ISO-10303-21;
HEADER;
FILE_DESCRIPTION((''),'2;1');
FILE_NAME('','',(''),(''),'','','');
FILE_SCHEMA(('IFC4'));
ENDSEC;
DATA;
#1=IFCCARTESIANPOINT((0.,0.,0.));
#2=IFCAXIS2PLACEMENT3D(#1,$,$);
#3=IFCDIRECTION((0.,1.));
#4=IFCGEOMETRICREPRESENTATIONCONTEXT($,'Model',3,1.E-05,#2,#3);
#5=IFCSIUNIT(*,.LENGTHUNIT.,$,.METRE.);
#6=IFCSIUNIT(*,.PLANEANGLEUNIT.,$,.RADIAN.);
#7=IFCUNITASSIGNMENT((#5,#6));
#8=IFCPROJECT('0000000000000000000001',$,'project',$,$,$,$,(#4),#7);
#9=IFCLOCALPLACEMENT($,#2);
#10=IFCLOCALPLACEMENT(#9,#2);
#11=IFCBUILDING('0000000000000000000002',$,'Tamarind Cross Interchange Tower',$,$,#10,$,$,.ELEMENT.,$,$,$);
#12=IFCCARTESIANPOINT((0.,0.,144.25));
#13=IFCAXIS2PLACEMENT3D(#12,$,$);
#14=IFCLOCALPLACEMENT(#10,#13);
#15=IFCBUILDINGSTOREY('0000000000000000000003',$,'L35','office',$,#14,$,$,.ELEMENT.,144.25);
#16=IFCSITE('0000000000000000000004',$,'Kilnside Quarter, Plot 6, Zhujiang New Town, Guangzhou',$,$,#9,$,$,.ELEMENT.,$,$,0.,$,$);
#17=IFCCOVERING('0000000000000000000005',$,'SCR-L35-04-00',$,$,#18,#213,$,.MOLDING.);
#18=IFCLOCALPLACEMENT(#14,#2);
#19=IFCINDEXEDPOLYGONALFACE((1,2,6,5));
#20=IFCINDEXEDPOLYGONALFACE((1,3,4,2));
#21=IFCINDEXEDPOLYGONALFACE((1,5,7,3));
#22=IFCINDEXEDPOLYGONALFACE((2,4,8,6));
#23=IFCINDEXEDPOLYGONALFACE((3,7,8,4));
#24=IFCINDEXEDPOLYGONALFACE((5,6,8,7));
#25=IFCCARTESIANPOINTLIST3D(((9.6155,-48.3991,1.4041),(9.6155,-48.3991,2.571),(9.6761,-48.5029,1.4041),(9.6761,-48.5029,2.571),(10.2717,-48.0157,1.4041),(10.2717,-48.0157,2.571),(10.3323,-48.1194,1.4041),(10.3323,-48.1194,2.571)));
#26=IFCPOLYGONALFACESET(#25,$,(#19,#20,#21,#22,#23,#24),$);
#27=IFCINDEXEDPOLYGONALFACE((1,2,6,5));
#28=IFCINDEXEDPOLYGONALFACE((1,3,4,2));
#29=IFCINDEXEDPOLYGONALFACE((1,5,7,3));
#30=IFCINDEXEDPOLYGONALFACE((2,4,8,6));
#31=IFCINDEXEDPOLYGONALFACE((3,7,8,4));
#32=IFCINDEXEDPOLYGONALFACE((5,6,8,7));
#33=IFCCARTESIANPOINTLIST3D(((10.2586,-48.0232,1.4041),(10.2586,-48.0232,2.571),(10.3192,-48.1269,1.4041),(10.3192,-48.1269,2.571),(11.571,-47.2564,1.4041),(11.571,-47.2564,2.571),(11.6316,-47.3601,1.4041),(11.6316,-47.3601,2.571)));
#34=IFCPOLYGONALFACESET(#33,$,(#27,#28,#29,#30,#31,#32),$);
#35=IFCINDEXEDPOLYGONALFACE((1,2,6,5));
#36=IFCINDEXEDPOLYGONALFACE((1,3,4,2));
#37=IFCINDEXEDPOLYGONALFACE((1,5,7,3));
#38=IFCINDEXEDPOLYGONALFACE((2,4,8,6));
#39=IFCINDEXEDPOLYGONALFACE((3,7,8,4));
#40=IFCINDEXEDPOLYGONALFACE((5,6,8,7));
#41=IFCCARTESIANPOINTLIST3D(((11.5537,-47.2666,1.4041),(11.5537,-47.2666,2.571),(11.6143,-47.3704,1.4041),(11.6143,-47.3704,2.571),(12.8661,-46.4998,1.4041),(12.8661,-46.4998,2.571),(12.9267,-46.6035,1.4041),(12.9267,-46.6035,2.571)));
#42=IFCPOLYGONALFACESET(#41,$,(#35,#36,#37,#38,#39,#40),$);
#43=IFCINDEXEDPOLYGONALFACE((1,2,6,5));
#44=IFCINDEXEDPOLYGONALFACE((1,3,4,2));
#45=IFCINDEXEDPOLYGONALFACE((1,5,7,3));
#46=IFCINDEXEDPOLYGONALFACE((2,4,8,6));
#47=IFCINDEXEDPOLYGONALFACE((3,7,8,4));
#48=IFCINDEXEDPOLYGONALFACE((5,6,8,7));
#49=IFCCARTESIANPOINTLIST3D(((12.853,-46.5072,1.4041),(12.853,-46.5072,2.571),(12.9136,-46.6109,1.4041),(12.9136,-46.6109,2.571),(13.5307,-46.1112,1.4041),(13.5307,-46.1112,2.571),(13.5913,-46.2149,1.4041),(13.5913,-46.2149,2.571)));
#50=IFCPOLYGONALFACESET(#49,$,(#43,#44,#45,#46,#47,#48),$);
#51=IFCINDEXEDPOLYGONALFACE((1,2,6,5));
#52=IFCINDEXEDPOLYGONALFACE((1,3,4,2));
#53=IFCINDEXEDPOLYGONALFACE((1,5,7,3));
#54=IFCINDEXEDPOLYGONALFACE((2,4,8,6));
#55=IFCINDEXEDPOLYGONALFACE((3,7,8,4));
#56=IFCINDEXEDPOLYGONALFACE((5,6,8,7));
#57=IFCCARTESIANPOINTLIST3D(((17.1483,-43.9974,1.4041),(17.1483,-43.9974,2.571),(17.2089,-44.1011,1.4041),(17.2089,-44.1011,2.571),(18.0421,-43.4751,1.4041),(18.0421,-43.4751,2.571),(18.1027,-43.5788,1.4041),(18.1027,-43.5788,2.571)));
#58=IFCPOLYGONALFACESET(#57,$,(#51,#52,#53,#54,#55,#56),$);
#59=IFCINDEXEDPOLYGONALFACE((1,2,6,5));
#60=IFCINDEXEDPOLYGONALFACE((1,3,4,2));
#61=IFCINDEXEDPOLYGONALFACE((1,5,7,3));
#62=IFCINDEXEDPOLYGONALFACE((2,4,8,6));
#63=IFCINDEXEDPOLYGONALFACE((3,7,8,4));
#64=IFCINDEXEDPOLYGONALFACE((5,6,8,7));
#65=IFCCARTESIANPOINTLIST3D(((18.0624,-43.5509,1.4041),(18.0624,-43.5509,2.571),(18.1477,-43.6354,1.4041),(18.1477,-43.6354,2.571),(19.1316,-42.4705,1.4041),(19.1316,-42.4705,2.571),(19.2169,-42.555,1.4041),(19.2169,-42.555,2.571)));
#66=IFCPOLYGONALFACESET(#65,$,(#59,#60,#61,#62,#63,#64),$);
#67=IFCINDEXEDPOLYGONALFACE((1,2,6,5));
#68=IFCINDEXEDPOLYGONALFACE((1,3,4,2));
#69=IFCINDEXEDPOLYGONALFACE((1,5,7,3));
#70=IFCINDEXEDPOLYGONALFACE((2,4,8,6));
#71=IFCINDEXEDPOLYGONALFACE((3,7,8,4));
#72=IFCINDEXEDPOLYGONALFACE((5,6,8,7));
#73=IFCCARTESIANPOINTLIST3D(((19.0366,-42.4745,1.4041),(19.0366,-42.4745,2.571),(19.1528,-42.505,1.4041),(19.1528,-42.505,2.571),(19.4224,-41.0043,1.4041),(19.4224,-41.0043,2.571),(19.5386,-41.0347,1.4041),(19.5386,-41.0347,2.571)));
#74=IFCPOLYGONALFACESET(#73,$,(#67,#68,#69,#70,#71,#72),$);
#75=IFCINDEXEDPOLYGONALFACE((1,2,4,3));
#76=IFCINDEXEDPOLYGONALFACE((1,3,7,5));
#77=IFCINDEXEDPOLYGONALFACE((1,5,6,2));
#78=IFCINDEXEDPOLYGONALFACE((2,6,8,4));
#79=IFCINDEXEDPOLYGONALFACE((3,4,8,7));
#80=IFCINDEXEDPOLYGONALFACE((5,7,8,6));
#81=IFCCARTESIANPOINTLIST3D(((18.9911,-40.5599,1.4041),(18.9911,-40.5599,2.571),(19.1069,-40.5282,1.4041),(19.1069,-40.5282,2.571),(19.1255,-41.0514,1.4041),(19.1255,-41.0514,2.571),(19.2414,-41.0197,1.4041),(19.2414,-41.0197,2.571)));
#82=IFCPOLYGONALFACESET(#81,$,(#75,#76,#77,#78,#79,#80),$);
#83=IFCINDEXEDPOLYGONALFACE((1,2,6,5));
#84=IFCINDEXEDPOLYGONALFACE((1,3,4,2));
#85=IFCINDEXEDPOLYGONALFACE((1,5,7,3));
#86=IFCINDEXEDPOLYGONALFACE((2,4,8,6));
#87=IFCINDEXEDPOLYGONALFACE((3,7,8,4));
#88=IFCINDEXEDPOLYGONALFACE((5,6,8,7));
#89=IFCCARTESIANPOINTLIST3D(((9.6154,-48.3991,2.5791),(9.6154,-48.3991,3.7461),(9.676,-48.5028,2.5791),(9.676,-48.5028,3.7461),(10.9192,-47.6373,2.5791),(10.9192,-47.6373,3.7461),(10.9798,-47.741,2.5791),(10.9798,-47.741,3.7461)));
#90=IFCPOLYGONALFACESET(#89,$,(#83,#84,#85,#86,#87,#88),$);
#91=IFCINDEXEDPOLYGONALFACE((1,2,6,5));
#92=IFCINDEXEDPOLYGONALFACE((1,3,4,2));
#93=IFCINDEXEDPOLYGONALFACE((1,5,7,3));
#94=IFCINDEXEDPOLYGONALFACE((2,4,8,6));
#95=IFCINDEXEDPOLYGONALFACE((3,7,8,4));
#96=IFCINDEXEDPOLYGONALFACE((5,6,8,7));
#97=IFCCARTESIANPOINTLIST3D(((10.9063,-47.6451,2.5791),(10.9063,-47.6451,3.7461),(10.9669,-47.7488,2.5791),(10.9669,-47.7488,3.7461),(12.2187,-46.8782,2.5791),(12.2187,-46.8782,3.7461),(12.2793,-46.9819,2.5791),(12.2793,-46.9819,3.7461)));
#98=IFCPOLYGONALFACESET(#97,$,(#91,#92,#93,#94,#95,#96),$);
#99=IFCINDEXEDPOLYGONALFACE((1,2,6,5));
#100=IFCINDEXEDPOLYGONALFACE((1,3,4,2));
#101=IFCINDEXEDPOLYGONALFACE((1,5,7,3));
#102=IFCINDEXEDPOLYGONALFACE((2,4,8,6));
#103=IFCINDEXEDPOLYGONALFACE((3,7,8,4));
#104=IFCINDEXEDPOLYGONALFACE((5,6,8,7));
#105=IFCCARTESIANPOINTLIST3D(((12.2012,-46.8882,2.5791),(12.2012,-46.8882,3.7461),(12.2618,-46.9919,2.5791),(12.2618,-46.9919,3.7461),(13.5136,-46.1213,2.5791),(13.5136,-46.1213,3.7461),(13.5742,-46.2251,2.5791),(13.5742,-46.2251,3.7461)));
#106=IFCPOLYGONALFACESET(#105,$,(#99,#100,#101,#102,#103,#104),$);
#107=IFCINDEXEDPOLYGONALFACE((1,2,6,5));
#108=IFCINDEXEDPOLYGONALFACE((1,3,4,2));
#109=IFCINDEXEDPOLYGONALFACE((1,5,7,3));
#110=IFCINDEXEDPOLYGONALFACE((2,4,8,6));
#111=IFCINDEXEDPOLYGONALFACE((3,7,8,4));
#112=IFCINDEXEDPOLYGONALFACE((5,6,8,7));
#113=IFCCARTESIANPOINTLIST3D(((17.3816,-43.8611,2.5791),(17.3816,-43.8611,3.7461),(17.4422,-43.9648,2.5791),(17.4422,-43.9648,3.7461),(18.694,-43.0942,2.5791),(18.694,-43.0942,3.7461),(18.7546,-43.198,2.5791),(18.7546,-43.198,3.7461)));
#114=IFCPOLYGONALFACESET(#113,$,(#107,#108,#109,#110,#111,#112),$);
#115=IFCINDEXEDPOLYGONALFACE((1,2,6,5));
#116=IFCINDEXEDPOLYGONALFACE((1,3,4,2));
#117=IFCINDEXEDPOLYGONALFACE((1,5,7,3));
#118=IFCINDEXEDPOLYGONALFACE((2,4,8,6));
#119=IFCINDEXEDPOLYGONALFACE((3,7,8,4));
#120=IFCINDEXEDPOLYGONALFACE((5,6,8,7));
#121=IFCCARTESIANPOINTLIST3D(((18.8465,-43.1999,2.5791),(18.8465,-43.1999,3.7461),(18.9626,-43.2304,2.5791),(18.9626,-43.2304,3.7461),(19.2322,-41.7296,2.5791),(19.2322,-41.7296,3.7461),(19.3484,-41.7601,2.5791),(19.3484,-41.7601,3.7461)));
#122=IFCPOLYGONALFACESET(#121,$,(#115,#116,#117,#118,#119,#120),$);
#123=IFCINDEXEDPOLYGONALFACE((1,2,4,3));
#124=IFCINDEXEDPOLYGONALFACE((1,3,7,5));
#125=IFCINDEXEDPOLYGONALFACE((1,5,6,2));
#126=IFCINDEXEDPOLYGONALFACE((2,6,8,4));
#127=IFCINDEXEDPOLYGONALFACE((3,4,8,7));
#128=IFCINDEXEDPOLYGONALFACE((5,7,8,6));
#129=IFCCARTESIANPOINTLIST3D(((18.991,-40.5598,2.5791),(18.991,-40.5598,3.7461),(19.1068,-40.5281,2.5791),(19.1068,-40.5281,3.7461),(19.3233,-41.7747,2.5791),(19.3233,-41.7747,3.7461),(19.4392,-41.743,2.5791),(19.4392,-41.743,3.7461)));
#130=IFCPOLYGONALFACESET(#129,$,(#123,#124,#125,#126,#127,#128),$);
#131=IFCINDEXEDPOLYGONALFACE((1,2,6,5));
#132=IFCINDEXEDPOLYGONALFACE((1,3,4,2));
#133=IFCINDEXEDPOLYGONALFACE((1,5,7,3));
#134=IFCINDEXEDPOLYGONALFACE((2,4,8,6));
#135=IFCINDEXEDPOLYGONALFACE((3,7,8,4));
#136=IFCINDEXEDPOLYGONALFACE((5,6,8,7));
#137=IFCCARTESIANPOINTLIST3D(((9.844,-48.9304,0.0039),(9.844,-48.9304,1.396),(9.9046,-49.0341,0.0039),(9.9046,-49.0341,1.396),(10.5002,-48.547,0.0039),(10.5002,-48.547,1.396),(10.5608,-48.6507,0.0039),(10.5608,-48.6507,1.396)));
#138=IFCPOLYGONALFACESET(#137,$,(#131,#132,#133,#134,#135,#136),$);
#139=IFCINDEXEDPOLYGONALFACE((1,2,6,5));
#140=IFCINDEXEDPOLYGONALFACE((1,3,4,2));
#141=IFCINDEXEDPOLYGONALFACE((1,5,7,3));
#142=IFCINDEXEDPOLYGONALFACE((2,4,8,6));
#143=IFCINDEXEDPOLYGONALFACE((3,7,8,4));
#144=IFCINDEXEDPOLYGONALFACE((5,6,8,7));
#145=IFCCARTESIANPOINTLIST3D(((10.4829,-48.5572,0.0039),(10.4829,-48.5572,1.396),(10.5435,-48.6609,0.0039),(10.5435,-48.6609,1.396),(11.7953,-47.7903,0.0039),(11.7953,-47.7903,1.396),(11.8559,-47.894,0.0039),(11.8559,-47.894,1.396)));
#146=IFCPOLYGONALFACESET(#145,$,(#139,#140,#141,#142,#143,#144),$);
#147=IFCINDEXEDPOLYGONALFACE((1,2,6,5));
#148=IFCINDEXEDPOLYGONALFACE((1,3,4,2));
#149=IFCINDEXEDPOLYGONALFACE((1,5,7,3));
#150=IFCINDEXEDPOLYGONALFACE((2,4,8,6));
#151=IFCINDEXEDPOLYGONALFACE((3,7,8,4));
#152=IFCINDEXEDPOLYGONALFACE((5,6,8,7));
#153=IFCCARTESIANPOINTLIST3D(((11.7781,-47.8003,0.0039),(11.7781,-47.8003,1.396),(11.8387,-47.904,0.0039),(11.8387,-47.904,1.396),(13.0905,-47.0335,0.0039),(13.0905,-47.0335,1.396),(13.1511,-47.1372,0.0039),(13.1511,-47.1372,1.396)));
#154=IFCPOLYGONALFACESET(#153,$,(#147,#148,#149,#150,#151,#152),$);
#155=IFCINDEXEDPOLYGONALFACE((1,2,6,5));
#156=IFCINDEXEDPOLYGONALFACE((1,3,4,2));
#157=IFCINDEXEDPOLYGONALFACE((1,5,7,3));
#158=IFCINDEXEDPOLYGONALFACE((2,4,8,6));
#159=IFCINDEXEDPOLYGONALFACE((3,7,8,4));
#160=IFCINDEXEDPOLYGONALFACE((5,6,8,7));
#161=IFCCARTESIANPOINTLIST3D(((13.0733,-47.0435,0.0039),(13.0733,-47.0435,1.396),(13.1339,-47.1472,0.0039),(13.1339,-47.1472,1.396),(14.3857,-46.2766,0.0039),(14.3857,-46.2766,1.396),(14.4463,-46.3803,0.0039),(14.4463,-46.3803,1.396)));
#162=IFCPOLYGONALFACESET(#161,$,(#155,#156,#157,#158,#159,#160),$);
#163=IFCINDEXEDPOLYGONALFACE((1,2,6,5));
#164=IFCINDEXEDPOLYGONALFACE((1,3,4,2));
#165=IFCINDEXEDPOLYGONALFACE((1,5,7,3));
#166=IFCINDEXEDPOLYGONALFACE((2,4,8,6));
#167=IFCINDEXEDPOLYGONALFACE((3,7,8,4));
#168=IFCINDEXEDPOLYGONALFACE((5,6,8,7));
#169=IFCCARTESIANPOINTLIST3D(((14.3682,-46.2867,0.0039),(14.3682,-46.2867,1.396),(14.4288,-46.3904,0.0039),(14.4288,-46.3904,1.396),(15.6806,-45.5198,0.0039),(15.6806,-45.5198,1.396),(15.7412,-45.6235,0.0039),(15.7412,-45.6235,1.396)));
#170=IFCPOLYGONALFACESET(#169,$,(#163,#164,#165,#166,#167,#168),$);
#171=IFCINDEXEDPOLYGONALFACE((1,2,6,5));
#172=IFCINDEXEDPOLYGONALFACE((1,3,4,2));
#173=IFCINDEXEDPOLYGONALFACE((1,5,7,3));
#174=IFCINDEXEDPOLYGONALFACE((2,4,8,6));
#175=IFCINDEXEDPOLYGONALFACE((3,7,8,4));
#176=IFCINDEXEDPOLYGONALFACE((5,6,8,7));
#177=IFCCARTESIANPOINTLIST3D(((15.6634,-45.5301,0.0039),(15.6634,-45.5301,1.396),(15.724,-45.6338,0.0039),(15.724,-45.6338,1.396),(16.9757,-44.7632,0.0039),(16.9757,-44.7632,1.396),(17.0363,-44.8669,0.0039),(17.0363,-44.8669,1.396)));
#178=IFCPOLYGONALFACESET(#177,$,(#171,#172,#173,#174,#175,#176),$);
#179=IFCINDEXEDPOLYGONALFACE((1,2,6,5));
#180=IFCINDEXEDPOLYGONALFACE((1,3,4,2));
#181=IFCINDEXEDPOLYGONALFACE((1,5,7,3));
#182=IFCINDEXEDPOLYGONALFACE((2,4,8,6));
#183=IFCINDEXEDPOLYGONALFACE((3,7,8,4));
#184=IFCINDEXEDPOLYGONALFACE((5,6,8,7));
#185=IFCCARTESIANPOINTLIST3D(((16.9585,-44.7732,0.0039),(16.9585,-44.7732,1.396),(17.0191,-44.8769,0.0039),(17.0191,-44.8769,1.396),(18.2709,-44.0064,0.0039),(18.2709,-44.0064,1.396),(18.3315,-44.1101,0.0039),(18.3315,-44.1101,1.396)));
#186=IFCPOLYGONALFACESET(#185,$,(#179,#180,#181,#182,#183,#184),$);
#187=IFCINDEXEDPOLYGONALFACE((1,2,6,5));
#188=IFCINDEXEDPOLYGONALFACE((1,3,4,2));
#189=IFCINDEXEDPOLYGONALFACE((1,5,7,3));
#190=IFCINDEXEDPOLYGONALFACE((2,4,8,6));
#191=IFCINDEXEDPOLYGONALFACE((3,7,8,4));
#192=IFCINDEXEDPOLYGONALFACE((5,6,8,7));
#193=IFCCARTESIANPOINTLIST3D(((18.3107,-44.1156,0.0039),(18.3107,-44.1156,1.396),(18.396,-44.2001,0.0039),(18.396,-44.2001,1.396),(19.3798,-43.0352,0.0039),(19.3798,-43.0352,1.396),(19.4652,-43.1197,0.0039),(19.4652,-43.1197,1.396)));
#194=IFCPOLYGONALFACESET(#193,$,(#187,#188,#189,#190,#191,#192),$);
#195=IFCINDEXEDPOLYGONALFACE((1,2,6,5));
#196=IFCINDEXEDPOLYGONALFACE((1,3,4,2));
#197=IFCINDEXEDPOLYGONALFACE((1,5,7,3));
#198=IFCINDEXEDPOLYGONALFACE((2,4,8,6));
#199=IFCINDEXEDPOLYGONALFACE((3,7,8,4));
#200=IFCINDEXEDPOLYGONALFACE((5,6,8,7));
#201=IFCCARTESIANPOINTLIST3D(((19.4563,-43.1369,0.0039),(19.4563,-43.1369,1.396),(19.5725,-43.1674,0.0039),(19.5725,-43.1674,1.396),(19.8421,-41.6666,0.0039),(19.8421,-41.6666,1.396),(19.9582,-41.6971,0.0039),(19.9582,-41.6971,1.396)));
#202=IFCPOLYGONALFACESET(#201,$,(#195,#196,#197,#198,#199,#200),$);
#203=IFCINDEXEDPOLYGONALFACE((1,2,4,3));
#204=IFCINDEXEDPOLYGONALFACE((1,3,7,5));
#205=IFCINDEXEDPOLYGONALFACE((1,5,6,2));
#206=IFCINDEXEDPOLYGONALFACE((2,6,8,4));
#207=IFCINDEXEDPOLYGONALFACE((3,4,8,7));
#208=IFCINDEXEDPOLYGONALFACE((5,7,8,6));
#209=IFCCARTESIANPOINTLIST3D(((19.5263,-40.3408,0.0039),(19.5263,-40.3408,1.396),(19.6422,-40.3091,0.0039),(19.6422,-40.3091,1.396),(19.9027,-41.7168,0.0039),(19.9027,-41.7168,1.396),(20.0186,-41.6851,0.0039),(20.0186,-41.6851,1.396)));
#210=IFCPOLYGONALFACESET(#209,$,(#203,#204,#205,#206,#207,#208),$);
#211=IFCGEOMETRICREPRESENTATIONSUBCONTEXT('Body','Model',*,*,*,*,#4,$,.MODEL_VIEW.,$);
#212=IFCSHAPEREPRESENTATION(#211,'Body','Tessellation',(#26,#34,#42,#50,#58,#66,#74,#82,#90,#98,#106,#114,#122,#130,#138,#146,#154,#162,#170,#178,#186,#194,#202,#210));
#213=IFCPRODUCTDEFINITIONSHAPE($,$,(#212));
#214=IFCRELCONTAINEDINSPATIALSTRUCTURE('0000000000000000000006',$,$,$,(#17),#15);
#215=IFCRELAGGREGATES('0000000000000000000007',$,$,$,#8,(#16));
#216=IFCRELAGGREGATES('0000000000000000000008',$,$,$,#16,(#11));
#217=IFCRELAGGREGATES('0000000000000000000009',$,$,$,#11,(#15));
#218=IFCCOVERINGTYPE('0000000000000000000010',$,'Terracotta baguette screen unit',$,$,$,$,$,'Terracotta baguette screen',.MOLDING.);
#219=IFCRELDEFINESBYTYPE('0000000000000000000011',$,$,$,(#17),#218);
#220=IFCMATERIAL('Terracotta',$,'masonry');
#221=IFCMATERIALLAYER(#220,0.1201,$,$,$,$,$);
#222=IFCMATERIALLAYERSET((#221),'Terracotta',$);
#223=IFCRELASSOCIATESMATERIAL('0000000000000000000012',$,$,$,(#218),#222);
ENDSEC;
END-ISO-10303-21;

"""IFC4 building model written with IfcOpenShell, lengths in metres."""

from ifc_helpers import new_model, si_unit, direction, frame, origin, origin_2d, place, context, subcontext, project, spatial, rectangle, extrude, material, layer, layer_set, type_object, element, save


model = new_model("IFC4")

# Units and contexts
model_context = context("Model", 3, precision=1e-05, world=origin(), true_north=direction((0.0, 1.0)))
body_context = subcontext(model_context, "Body", "Model", "MODEL_VIEW")
ifc_project = project(units=[si_unit("LENGTHUNIT", "METRE"), si_unit("PLANEANGLEUNIT", "RADIAN")], contexts=[model_context])

# Site, building, storey
site_placement = place(None, origin())
site = spatial("IfcSite", under=ifc_project, at=site_placement, Name="Kilnside Quarter, Plot 6, Zhujiang New Town, Guangzhou", CompositionType="ELEMENT", RefElevation=0.0)
building_placement = place(site_placement, origin())
building = spatial("IfcBuilding", under=site, at=building_placement, Name="Tamarind Cross Interchange Tower", CompositionType="ELEMENT")
storey_placement = place(building_placement, frame((0.0, 0.0, 144.25)))
storey = spatial("IfcBuildingStorey", under=building, at=storey_placement, Name="L35", Description="office", CompositionType="ELEMENT", Elevation=144.25)

# Covering
ifc_material_1 = material(Name="Terracotta", Category="masonry")
ifc_layer_1 = layer(ifc_material_1, 0.1201)
ifc_layer_set_1 = layer_set([ifc_layer_1], Name="Terracotta")
covering_type = type_object("IfcCoveringType", Name="Terracotta baguette screen unit", ElementType="Terracotta baguette screen", PredefinedType="MOLDING", material=ifc_layer_set_1)
covering_1_placement = place(storey_placement, origin())
element("IfcCovering", 1, at=covering_1_placement, inside=storey, type_object=covering_type, Name="SCR-L35-04-00", PredefinedType="MOLDING", context=body_context, shape_type="SweptSolid", body=[
    extrude(rectangle(XDim=0.76, YDim=0.1201, at=origin_2d()), frame((9.9739, -48.2593, 1.4041), z_axis=(0.0, 0.0, 1.0), x_axis=(0.863403, 0.504516, 0.0)), (0.0, 0.0, 1.0), 1.167),
    extrude(rectangle(XDim=1.52, YDim=0.1201, at=origin_2d()), frame((10.9451, -47.6917, 1.4041), z_axis=(0.0, 0.0, 1.0), x_axis=(0.863403, 0.504516, 0.0)), (0.0, 0.0, 1.0), 1.167),
    extrude(rectangle(XDim=1.52, YDim=0.1201, at=origin_2d()), frame((12.2402, -46.9351, 1.4041), z_axis=(0.0, 0.0, 1.0), x_axis=(0.863403, 0.504516, 0.0)), (0.0, 0.0, 1.0), 1.167),
    extrude(rectangle(XDim=0.7849, YDim=0.1201, at=origin_2d()), frame((13.2222, -46.3611, 1.4041), z_axis=(0.0, 0.0, 1.0), x_axis=(0.863403, 0.504516, 0.0)), (0.0, 0.0, 1.0), 1.167),
    extrude(rectangle(XDim=1.0352, YDim=0.1201, at=origin_2d()), frame((17.6255, -43.7881, 1.4041), z_axis=(0.0, 0.0, 1.0), x_axis=(0.863403, 0.504516, 0.0)), (0.0, 0.0, 1.0), 1.167),
    extrude(rectangle(XDim=1.52, YDim=0.1201, at=origin_2d()), frame((18.6396, -43.053, 1.4041), z_axis=(0.0, 0.0, 1.0), x_axis=(0.703405, 0.71079, 0.0)), (0.0, 0.0, 1.0), 1.167),
    extrude(rectangle(XDim=1.52, YDim=0.1201, at=origin_2d()), frame((19.2876, -41.7546, 1.4041), z_axis=(0.0, 0.0, 1.0), x_axis=(0.253771, 0.967264, 0.0)), (0.0, 0.0, 1.0), 1.167),
    extrude(rectangle(XDim=0.5095, YDim=0.1201, at=origin_2d()), frame((19.1162, -40.7898, 1.4041), z_axis=(0.0, 0.0, 1.0), x_axis=(-0.26386, 0.964561, 0.0)), (0.0, 0.0, 1.0), 1.167),
    extrude(rectangle(XDim=1.51, YDim=0.1201, at=origin_2d()), frame((10.2976, -48.0701, 2.5791), z_axis=(0.0, 0.0, 1.0), x_axis=(0.863403, 0.504516, 0.0)), (0.0, 0.0, 1.0), 1.167),
    extrude(rectangle(XDim=1.52, YDim=0.1201, at=origin_2d()), frame((11.5928, -47.3135, 2.5791), z_axis=(0.0, 0.0, 1.0), x_axis=(0.863403, 0.504516, 0.0)), (0.0, 0.0, 1.0), 1.167),
    extrude(rectangle(XDim=1.52, YDim=0.1201, at=origin_2d()), frame((12.8877, -46.5566, 2.5791), z_axis=(0.0, 0.0, 1.0), x_axis=(0.863403, 0.504516, 0.0)), (0.0, 0.0, 1.0), 1.167),
    extrude(rectangle(XDim=1.52, YDim=0.1201, at=origin_2d()), frame((18.0681, -43.5295, 2.5791), z_axis=(0.0, 0.0, 1.0), x_axis=(0.863403, 0.504516, 0.0)), (0.0, 0.0, 1.0), 1.167),
    extrude(rectangle(XDim=1.52, YDim=0.1201, at=origin_2d()), frame((19.0974, -42.48, 2.5791), z_axis=(0.0, 0.0, 1.0), x_axis=(0.253771, 0.967264, 0.0)), (0.0, 0.0, 1.0), 1.167),
    extrude(rectangle(XDim=1.2595, YDim=0.1201, at=origin_2d()), frame((19.2151, -41.1514, 2.5791), z_axis=(0.0, 0.0, 1.0), x_axis=(-0.26386, 0.964561, 0.0)), (0.0, 0.0, 1.0), 1.167),
    extrude(rectangle(XDim=0.76, YDim=0.1201, at=origin_2d()), frame((10.2024, -48.7905, 0.0039), z_axis=(0.0, 0.0, 1.0), x_axis=(0.863403, 0.504516, 0.0)), (0.0, 0.0, 1.0), 1.3921),
    extrude(rectangle(XDim=1.52, YDim=0.1201, at=origin_2d()), frame((11.1694, -48.2256, 0.0039), z_axis=(0.0, 0.0, 1.0), x_axis=(0.863403, 0.504516, 0.0)), (0.0, 0.0, 1.0), 1.3921),
    extrude(rectangle(XDim=1.52, YDim=0.1201, at=origin_2d()), frame((12.4646, -47.4688, 0.0039), z_axis=(0.0, 0.0, 1.0), x_axis=(0.863403, 0.504516, 0.0)), (0.0, 0.0, 1.0), 1.3921),
    extrude(rectangle(XDim=1.52, YDim=0.1201, at=origin_2d()), frame((13.7598, -46.7119, 0.0039), z_axis=(0.0, 0.0, 1.0), x_axis=(0.863403, 0.504516, 0.0)), (0.0, 0.0, 1.0), 1.3921),
    extrude(rectangle(XDim=1.52, YDim=0.1201, at=origin_2d()), frame((15.0547, -45.9551, 0.0039), z_axis=(0.0, 0.0, 1.0), x_axis=(0.863403, 0.504516, 0.0)), (0.0, 0.0, 1.0), 1.3921),
    extrude(rectangle(XDim=1.52, YDim=0.1201, at=origin_2d()), frame((16.3499, -45.1985, 0.0039), z_axis=(0.0, 0.0, 1.0), x_axis=(0.863403, 0.504516, 0.0)), (0.0, 0.0, 1.0), 1.3921),
    extrude(rectangle(XDim=1.52, YDim=0.1201, at=origin_2d()), frame((17.645, -44.4417, 0.0039), z_axis=(0.0, 0.0, 1.0), x_axis=(0.863403, 0.504516, 0.0)), (0.0, 0.0, 1.0), 1.3921),
    extrude(rectangle(XDim=1.52, YDim=0.1201, at=origin_2d()), frame((18.8879, -43.6177, 0.0039), z_axis=(0.0, 0.0, 1.0), x_axis=(0.703405, 0.71079, 0.0)), (0.0, 0.0, 1.0), 1.3921),
    extrude(rectangle(XDim=1.52, YDim=0.1201, at=origin_2d()), frame((19.7073, -42.417, 0.0039), z_axis=(0.0, 0.0, 1.0), x_axis=(0.253771, 0.967264, 0.0)), (0.0, 0.0, 1.0), 1.3921),
    extrude(rectangle(XDim=1.4265, YDim=0.1201, at=origin_2d()), frame((19.7725, -41.0129, 0.0039), z_axis=(0.0, 0.0, 1.0), x_axis=(-0.26386, 0.964561, 0.0)), (0.0, 0.0, 1.0), 1.3921),
])

save(model, "model.ifc")
